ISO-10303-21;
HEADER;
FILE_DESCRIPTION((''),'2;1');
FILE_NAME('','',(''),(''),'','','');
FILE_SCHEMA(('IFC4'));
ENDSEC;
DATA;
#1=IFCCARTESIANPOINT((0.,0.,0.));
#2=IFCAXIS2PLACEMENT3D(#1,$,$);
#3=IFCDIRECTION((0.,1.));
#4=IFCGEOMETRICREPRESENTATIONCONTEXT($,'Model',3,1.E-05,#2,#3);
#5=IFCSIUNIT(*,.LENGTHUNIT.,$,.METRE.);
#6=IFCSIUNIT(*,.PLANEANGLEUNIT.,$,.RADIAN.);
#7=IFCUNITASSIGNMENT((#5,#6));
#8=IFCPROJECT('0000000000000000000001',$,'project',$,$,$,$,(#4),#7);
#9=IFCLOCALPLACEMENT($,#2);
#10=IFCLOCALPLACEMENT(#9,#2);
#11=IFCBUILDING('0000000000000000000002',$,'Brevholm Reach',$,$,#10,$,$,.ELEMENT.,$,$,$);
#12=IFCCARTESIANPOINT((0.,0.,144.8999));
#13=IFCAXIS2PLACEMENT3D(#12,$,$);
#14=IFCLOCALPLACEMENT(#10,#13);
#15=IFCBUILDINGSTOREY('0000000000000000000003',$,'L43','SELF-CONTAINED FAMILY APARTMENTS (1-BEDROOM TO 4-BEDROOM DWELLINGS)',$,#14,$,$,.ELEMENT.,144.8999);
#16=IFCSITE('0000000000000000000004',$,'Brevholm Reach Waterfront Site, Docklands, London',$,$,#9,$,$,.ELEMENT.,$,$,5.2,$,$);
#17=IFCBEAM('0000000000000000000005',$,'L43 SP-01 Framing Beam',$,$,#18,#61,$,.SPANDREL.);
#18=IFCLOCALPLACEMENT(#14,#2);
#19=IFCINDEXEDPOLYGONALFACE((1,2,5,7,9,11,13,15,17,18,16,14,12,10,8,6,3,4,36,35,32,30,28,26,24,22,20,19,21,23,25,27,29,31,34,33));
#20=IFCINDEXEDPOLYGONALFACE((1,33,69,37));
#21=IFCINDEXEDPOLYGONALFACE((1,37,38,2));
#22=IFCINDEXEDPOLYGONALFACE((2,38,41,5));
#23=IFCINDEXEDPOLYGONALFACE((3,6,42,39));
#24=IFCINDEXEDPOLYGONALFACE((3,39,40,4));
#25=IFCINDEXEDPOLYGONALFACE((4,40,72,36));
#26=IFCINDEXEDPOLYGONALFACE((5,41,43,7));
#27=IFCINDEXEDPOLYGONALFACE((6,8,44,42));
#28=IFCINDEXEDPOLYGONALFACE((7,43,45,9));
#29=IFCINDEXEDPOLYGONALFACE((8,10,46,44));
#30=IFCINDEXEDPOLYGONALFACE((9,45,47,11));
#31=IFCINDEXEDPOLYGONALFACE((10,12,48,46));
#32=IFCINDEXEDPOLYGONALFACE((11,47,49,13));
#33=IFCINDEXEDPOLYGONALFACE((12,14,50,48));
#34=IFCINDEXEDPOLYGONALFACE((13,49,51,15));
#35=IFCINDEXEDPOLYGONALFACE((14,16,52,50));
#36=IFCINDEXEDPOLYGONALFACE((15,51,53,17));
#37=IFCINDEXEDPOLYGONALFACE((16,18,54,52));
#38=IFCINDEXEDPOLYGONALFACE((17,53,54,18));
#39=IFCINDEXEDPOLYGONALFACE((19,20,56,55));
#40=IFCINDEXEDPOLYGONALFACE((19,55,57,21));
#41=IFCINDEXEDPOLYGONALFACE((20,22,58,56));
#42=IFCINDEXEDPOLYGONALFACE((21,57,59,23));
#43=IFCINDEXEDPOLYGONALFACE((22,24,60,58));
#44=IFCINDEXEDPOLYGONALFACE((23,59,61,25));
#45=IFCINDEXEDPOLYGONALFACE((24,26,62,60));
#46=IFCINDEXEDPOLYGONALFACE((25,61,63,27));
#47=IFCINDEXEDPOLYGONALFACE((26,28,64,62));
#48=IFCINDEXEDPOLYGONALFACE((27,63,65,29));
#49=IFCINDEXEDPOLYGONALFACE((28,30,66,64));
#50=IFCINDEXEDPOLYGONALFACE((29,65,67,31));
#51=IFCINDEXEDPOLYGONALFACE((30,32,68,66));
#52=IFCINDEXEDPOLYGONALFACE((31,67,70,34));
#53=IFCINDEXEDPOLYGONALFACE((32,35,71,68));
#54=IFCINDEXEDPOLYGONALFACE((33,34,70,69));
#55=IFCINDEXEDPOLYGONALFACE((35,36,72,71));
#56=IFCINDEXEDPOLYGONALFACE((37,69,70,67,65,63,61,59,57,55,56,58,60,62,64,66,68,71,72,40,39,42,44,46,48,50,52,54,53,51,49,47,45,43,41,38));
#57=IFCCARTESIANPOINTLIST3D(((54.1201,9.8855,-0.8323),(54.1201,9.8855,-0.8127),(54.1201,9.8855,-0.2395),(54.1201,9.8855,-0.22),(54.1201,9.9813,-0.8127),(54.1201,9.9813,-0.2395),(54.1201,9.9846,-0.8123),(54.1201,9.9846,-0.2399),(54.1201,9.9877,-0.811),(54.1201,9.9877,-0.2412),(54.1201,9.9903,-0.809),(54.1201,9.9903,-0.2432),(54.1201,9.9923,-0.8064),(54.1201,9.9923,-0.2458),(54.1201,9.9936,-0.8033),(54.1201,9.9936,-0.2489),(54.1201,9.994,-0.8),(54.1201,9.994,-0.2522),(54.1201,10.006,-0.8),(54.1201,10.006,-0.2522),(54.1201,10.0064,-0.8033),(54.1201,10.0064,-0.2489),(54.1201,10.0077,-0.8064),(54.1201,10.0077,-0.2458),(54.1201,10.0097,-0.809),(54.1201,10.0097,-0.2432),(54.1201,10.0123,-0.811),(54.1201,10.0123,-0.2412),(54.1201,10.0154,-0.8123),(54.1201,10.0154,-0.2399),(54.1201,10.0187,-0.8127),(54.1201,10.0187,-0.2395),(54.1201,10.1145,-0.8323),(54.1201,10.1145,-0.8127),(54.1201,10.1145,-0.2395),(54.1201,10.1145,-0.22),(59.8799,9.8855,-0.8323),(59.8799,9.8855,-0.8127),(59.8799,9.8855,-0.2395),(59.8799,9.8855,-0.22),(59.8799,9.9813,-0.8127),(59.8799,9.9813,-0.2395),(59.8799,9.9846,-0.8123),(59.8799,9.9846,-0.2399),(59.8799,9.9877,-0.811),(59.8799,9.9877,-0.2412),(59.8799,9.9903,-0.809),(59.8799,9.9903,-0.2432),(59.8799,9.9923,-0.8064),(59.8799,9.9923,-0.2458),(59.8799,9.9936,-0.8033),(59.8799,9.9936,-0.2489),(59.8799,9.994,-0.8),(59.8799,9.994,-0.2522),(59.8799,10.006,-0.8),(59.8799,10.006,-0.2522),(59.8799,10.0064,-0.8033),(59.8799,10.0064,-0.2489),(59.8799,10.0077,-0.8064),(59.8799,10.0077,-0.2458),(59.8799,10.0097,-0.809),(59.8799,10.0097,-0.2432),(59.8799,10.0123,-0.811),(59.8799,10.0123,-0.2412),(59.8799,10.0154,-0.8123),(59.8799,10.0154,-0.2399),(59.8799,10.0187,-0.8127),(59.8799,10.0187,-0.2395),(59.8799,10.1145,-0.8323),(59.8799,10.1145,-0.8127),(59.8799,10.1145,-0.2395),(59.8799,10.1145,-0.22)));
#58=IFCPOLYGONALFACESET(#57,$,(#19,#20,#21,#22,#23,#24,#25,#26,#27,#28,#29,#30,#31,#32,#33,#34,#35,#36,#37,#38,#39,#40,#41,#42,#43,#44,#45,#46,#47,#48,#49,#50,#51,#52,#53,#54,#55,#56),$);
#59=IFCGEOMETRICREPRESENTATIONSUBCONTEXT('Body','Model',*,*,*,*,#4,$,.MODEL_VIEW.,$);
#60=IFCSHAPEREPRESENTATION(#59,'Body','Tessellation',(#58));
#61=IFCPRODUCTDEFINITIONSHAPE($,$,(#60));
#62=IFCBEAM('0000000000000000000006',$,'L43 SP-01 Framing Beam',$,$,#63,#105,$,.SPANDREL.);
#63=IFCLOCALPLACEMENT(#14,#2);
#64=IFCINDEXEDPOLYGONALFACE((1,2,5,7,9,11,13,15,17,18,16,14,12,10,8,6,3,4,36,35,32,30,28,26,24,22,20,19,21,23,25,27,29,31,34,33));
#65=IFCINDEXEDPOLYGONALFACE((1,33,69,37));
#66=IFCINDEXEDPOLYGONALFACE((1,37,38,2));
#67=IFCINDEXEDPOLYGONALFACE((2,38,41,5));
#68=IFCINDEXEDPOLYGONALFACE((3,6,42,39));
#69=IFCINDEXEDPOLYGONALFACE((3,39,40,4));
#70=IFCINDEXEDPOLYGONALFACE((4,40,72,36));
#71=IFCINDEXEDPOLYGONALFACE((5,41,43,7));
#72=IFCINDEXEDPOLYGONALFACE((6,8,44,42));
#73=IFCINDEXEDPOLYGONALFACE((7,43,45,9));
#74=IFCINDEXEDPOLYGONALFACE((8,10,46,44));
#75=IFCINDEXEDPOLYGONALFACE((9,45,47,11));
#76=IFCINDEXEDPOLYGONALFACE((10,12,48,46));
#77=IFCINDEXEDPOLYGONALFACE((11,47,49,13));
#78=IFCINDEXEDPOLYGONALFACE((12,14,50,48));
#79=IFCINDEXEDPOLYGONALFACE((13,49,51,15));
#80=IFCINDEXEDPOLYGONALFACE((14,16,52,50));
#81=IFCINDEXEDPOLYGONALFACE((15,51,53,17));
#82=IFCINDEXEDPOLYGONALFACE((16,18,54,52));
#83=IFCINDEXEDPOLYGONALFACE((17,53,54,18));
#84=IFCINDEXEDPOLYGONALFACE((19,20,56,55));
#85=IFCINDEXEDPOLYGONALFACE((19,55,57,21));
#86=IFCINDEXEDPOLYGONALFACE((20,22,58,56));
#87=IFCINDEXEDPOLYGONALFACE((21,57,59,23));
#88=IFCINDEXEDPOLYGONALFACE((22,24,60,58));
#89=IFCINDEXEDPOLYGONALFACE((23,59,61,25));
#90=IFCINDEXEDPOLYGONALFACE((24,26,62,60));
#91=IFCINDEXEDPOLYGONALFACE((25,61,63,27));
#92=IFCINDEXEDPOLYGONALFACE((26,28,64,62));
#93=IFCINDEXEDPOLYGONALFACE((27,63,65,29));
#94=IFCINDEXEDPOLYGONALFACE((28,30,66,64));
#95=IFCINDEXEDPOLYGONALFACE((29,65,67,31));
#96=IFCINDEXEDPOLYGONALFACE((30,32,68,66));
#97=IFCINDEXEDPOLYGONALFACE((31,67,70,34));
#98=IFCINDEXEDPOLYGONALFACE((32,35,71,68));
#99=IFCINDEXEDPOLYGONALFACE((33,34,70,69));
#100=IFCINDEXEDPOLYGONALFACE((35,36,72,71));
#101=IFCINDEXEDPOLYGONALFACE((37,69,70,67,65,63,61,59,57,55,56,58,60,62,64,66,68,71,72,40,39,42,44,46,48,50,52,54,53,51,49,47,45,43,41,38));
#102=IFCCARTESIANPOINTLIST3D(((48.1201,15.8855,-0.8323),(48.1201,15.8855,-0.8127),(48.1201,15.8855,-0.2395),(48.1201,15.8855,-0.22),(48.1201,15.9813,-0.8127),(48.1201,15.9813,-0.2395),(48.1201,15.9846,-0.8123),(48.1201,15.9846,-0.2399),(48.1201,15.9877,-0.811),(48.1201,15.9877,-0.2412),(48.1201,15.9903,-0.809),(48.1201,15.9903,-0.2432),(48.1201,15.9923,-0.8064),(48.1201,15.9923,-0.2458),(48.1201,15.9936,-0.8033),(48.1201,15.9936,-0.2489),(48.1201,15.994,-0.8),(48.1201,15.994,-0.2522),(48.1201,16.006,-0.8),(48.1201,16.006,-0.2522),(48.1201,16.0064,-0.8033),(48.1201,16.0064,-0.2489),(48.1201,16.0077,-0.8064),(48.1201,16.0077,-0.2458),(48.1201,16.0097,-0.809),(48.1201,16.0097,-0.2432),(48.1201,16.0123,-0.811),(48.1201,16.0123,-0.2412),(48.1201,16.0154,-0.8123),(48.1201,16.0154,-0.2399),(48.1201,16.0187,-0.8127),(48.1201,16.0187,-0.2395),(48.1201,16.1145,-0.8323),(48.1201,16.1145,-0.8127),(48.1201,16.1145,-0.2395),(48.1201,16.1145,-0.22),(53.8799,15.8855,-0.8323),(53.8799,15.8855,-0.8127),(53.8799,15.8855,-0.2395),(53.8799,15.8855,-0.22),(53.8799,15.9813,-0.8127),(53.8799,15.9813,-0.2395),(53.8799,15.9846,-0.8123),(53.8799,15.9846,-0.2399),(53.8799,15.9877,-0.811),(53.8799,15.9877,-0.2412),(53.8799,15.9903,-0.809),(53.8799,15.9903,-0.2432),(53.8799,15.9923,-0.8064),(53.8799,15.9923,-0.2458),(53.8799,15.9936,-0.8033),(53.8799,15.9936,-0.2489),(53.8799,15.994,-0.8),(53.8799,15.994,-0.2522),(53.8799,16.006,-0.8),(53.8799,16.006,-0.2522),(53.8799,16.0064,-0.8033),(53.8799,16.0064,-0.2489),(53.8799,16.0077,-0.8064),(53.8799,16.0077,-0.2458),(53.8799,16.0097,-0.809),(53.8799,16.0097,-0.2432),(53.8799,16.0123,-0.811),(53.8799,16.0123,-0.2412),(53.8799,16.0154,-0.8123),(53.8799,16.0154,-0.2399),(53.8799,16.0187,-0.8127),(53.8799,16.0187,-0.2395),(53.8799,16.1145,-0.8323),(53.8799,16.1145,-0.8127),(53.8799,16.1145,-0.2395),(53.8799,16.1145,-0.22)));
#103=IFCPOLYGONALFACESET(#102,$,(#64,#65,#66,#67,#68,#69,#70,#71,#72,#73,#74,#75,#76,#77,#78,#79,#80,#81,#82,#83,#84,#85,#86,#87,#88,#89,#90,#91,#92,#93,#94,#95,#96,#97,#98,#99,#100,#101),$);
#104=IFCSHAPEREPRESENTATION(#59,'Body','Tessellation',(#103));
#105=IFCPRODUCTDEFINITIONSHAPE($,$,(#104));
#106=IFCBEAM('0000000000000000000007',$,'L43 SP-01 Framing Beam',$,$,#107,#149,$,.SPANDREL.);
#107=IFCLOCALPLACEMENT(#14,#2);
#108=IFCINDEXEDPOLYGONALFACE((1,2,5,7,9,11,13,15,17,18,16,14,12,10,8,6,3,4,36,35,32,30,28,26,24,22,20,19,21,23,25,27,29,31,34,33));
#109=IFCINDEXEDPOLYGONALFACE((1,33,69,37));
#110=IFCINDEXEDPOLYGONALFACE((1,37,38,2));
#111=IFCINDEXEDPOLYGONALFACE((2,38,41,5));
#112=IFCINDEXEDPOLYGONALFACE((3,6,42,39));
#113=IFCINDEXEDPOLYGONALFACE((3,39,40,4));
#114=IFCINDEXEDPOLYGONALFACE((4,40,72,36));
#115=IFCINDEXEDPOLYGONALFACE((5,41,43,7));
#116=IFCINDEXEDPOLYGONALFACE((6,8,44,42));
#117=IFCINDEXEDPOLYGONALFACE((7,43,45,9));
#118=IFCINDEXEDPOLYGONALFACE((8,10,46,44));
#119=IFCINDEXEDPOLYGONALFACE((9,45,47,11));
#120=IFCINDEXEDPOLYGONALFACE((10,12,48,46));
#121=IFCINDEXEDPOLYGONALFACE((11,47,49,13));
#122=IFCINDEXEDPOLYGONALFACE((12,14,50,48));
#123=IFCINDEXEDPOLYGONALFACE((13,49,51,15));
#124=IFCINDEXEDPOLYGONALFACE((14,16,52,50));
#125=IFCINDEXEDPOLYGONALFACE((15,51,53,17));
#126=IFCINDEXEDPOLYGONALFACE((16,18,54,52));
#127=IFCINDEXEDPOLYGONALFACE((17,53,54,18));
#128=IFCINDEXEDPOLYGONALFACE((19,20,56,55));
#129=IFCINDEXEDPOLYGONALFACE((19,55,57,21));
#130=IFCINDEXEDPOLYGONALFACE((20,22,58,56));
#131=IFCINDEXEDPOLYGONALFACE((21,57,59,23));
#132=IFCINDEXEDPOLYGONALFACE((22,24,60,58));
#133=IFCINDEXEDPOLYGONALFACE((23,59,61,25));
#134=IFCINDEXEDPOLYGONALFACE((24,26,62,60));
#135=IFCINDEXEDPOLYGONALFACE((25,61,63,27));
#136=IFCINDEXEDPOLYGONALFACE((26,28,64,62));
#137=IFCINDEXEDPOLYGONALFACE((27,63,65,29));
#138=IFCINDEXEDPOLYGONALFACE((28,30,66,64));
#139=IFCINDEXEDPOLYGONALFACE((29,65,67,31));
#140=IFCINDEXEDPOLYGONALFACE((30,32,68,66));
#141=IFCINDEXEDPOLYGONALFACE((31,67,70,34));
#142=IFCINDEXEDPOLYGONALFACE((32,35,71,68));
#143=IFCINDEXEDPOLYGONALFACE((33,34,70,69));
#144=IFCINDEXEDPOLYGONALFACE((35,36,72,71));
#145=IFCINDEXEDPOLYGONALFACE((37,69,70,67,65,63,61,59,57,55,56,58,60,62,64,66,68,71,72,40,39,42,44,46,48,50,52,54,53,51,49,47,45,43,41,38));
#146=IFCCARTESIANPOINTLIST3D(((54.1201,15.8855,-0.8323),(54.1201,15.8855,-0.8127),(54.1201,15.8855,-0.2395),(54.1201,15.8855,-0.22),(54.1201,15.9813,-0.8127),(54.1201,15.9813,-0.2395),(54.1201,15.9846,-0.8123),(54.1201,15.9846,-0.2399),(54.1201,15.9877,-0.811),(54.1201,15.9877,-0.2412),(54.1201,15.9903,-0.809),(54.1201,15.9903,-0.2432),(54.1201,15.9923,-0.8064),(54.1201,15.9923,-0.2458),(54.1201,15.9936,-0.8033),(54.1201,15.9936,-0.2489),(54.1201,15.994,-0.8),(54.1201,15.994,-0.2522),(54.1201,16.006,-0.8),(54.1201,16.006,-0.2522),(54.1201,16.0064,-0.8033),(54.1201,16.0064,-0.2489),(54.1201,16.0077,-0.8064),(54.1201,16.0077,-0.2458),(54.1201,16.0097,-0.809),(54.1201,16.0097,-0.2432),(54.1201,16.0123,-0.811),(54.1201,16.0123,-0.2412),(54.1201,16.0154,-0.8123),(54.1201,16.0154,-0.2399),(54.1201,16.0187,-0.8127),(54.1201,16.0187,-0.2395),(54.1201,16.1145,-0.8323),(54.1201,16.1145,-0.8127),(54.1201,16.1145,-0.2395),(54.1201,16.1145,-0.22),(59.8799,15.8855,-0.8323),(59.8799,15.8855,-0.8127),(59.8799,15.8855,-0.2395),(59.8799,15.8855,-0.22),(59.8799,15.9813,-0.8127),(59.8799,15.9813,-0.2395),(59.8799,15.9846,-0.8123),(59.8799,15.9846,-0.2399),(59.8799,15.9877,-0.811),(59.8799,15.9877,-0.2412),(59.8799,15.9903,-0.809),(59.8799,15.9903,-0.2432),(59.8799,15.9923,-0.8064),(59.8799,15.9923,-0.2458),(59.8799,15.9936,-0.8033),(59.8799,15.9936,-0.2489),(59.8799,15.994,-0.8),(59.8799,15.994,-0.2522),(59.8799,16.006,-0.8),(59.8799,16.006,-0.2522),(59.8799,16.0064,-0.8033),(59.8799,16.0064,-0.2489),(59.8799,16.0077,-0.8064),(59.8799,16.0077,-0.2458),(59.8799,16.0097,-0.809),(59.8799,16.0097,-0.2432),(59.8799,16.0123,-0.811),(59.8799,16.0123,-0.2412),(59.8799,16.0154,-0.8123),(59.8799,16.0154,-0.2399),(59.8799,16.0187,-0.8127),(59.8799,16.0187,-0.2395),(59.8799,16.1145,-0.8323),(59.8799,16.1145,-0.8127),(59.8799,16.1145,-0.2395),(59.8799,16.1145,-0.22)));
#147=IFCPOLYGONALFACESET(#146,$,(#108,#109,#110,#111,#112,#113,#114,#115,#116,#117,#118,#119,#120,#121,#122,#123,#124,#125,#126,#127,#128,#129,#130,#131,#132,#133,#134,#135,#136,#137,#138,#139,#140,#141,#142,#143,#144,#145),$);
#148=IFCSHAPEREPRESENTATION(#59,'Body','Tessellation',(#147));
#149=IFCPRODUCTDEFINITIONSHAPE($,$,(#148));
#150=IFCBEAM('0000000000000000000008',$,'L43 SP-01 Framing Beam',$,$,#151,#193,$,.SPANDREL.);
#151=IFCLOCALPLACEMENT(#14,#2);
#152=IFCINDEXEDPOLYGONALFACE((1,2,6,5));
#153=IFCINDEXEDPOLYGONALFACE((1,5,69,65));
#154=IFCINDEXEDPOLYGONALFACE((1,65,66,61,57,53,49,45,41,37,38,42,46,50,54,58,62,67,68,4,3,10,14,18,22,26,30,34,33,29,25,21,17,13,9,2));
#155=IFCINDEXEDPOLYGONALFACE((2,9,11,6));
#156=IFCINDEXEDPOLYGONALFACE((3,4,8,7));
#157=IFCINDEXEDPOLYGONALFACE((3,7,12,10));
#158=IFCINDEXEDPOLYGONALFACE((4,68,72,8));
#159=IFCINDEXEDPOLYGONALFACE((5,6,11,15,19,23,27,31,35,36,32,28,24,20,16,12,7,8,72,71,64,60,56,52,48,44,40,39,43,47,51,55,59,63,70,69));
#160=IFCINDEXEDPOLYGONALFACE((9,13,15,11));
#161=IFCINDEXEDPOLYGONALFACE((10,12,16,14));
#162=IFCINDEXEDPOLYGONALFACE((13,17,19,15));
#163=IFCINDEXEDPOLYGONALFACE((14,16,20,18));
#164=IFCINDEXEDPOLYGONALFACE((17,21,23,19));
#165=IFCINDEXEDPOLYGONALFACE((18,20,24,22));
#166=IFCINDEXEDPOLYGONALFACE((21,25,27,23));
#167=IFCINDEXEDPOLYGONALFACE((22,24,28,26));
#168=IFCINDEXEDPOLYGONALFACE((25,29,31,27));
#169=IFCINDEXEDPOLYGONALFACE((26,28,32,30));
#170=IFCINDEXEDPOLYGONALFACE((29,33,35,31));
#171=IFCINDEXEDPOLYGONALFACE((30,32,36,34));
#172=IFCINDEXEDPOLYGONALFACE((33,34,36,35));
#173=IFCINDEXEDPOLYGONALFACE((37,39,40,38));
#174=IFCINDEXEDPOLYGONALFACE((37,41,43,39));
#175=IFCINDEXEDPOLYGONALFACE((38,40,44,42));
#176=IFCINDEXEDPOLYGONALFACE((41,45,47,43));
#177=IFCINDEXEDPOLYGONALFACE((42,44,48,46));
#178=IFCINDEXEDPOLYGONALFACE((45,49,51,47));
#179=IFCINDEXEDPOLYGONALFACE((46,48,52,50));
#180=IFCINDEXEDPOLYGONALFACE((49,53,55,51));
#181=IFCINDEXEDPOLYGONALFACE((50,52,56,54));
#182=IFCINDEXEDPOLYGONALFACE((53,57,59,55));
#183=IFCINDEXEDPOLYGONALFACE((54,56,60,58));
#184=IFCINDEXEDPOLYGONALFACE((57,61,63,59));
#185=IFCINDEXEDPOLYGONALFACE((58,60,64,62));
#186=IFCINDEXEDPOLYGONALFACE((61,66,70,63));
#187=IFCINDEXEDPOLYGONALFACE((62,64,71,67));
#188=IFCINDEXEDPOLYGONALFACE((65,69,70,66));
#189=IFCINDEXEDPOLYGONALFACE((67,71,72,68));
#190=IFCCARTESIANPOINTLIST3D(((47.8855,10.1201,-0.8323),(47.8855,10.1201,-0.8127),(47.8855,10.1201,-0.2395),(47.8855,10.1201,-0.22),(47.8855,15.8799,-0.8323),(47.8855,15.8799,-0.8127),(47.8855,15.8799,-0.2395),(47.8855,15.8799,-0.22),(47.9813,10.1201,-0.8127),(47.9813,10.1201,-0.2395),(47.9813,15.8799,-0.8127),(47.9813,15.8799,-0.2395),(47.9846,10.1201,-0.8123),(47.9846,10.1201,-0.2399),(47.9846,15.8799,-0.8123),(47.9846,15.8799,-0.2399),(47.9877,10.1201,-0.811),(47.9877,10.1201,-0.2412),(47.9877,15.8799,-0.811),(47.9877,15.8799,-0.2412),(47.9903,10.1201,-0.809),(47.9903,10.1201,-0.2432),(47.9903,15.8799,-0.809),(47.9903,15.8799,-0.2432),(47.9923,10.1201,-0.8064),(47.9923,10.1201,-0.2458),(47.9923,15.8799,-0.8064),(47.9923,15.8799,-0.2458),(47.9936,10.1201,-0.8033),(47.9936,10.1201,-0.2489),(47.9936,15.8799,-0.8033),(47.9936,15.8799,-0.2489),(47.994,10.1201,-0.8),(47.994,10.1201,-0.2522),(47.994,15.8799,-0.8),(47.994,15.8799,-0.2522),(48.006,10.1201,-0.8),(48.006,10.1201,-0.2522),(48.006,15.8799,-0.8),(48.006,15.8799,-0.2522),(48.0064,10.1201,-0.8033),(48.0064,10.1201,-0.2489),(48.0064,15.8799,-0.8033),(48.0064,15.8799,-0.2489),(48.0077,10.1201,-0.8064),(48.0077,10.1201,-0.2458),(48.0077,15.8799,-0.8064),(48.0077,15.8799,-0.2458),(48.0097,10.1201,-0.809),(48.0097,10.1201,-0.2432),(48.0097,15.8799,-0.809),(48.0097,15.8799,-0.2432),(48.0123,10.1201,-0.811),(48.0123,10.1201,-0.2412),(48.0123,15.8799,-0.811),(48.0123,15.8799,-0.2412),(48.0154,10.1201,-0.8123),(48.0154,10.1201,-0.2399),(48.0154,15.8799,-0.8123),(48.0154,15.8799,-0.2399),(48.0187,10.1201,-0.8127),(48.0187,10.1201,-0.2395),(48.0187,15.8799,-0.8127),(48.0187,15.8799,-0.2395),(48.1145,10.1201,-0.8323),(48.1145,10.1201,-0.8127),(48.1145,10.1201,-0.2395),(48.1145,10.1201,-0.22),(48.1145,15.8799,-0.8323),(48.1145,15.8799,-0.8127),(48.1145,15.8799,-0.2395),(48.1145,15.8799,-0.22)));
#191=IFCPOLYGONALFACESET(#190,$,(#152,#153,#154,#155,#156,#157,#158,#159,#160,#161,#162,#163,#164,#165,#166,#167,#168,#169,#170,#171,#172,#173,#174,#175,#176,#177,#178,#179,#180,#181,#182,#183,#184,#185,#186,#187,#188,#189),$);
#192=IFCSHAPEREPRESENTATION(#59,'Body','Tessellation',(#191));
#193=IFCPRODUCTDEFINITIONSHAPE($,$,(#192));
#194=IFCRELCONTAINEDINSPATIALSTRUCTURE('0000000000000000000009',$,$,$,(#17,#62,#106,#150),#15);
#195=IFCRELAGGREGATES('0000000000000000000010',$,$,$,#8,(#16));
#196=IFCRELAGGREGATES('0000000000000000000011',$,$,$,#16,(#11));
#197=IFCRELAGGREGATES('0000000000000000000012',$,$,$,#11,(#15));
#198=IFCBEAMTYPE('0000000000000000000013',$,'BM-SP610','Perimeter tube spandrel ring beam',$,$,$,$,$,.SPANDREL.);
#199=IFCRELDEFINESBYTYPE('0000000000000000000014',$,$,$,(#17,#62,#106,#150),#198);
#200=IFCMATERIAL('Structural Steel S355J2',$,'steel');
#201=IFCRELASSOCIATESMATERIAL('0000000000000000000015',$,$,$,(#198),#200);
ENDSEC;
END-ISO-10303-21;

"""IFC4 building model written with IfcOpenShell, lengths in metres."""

from ifc_helpers import new_model, si_unit, direction, frame, origin, origin_2d, place, context, subcontext, project, spatial, i_section, extrude, material, material_profile, profile_set, type_object, element, save


model = new_model("IFC4")

# Units and contexts
model_context = context("Model", 3, precision=1e-05, world=origin(), true_north=direction((0.0, 1.0)))
body_context = subcontext(model_context, "Body", "Model", "MODEL_VIEW")
ifc_project = project(units=[si_unit("LENGTHUNIT", "METRE"), si_unit("PLANEANGLEUNIT", "RADIAN")], contexts=[model_context])

# Site, building, storey
site_placement = place(None, origin())
site = spatial("IfcSite", under=ifc_project, at=site_placement, Name="Brevholm Reach Waterfront Site, Docklands, London", CompositionType="ELEMENT", RefElevation=5.2)
building_placement = place(site_placement, origin())
building = spatial("IfcBuilding", under=site, at=building_placement, Name="Brevholm Reach", CompositionType="ELEMENT")
storey_placement = place(building_placement, frame((0.0, 0.0, 144.8999)))
storey = spatial("IfcBuildingStorey", under=building, at=storey_placement, Name="L43", Description="SELF-CONTAINED FAMILY APARTMENTS (1-BEDROOM TO 4-BEDROOM DWELLINGS)", CompositionType="ELEMENT", Elevation=144.8999)

# Beams
ifc_material_1 = material(Name="Structural Steel S355J2", Category="steel")
ifc_material_profile_1 = material_profile(ifc_material_1, i_section(OverallWidth=0.229, OverallDepth=0.6123, WebThickness=0.012, FlangeThickness=0.0195, FilletRadius=0.0127, at=origin_2d()), Name="UKB 610x229x125")
ifc_profile_set_1 = profile_set([ifc_material_profile_1], Name="Structural Steel S355J2")
beam_type_1 = type_object("IfcBeamType", Name="BM-SP610", Description="Perimeter tube spandrel ring beam", PredefinedType="SPANDREL", material=ifc_profile_set_1)
for number, where, z_axis, x_axis, name in (
    (1, (54.1201, 10.0, -0.5261), (1.0, 0.0, 0.0), (0.0, 1.0, 0.0), "L43 SP-01 Framing Beam"),
    (2, (48.1201, 16.0, -0.5261), (1.0, 0.0, 0.0), (0.0, 1.0, 0.0), "L43 SP-01 Framing Beam"),
    (3, (54.1201, 16.0, -0.5261), (1.0, 0.0, 0.0), (0.0, 1.0, 0.0), "L43 SP-01 Framing Beam"),
    (4, (48.0, 10.1201, -0.5261), (0.0, 1.0, 0.0), (-1.0, 0.0, 0.0), "L43 SP-01 Framing Beam"),
):
    element("IfcBeam", number, at=place(storey_placement, frame(where, z_axis=z_axis, x_axis=x_axis)), inside=storey, type_object=beam_type_1, Name=name, PredefinedType="SPANDREL", context=body_context, shape_type="SweptSolid", body=[
        extrude(i_section(OverallWidth=0.229, OverallDepth=0.6123, WebThickness=0.012, FlangeThickness=0.0195, FilletRadius=0.0127, at=origin_2d()), origin(), (0.0, 0.0, 1.0), 5.7598),
    ])

save(model, "model.ifc")
